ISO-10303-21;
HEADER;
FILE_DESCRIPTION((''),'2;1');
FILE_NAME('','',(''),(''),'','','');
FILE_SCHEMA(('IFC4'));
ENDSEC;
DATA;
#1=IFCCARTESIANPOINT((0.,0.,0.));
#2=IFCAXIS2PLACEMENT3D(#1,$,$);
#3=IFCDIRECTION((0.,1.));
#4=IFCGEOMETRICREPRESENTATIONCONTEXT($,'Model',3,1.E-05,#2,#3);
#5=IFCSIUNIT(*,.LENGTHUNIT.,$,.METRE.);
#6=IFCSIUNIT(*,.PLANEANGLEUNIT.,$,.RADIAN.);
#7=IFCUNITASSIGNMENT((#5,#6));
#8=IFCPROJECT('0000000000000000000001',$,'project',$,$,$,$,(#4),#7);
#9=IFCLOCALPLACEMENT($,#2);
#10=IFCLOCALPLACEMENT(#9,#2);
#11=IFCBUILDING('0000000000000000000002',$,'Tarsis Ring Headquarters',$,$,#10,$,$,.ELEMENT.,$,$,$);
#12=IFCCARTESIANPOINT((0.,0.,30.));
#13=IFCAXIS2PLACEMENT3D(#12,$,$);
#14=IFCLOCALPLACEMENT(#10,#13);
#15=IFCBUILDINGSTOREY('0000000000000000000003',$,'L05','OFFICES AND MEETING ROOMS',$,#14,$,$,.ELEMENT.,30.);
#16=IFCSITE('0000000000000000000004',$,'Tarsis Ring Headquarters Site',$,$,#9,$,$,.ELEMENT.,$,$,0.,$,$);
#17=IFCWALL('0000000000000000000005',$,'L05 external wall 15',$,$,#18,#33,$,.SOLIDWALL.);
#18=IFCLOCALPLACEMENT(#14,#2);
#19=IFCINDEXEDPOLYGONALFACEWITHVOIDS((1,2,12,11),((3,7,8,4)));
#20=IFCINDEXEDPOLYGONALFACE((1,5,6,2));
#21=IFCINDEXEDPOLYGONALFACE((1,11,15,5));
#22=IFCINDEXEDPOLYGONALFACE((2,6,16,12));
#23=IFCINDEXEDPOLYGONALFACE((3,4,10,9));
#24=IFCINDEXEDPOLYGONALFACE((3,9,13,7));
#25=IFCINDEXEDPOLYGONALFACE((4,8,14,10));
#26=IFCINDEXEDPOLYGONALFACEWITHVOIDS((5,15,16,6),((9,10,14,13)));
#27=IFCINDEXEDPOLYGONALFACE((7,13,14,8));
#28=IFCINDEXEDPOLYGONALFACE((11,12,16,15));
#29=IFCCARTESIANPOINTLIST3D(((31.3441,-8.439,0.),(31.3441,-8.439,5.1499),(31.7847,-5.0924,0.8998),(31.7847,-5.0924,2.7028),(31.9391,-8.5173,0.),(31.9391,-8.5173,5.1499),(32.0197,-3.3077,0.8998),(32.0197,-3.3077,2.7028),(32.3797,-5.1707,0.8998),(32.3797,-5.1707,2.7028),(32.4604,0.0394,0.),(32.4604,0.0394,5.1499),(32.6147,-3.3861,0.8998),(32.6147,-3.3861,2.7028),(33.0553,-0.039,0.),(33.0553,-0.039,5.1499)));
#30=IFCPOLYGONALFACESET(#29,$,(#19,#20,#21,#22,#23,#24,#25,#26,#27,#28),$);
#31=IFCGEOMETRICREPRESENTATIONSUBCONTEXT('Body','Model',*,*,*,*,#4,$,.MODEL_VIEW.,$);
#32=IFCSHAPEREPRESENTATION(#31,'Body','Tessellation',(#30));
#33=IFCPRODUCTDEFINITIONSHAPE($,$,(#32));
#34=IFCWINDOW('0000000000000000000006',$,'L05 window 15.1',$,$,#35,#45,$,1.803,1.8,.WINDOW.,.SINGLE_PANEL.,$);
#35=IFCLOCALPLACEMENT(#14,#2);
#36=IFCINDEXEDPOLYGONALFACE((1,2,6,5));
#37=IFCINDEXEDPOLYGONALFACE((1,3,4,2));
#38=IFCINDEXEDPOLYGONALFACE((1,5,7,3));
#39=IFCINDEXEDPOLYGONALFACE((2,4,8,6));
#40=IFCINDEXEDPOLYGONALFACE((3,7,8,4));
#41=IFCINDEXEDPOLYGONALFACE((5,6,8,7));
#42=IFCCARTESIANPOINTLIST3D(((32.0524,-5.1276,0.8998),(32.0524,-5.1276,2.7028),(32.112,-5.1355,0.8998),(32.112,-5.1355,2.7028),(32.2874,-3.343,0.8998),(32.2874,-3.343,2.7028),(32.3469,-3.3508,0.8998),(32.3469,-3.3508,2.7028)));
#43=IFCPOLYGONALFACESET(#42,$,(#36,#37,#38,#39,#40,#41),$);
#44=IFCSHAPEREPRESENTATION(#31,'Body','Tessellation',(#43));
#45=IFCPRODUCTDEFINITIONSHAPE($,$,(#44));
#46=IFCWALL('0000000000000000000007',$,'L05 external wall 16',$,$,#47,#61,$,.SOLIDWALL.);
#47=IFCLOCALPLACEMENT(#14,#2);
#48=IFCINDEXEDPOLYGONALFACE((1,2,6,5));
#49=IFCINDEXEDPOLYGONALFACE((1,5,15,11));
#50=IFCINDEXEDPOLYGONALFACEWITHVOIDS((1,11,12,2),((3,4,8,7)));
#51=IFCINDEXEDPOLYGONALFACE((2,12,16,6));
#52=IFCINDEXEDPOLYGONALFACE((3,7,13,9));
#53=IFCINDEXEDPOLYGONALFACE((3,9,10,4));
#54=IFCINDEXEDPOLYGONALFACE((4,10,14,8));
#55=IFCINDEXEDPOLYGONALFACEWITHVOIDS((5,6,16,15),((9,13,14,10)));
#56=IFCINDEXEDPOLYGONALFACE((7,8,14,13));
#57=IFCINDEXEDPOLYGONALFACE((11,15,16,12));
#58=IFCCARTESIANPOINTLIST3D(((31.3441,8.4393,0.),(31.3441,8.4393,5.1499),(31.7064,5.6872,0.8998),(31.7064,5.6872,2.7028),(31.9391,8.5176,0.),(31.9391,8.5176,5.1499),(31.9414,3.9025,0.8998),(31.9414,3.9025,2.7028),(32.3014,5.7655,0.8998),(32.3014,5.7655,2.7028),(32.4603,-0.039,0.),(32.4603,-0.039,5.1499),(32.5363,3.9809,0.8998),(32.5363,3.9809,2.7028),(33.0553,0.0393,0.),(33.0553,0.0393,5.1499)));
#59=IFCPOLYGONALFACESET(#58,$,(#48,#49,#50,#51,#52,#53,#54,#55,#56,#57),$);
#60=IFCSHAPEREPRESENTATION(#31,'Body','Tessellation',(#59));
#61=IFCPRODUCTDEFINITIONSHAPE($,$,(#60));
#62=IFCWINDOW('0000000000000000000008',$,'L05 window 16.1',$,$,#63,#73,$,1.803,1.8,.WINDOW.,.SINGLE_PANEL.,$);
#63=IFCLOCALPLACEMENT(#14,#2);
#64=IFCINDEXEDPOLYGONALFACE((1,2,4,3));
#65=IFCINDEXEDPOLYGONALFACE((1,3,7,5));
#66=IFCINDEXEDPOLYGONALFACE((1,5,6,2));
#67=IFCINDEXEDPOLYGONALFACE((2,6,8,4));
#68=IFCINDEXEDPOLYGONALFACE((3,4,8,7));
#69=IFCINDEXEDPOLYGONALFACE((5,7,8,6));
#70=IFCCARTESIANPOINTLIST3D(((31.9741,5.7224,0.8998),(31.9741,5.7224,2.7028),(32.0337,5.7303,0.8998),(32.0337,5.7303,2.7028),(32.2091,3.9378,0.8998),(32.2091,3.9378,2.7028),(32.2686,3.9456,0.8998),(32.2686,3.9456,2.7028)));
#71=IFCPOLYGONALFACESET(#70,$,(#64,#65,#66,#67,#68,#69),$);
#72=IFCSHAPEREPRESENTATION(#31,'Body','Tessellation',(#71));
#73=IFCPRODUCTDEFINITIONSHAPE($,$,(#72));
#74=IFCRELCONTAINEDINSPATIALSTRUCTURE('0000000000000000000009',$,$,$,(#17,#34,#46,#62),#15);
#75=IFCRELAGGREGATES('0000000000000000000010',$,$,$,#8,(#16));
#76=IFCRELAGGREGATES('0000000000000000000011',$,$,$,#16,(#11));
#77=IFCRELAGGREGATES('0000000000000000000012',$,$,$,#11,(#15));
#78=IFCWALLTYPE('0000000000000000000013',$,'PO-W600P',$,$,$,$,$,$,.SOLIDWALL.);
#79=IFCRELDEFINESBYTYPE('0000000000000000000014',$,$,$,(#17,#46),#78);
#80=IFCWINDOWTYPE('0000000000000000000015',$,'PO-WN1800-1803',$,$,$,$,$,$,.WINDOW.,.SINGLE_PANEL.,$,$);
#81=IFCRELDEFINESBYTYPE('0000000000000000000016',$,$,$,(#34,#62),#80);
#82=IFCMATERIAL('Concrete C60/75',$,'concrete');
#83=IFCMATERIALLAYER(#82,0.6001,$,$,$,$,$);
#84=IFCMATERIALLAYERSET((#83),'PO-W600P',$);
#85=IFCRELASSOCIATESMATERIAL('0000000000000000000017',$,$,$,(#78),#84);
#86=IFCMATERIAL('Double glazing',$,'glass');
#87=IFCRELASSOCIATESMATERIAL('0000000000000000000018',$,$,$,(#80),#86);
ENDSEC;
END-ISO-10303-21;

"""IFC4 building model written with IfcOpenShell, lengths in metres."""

from ifc_helpers import new_model, si_unit, direction, frame, frame_2d, origin, place, context, subcontext, project, spatial, rectangle, extrude, material, layer, layer_set, type_object, element, fill, save


model = new_model("IFC4")

# Units and contexts
model_context = context("Model", 3, precision=1e-05, world=origin(), true_north=direction((0.0, 1.0)))
body_context = subcontext(model_context, "Body", "Model", "MODEL_VIEW")
ifc_project = project(units=[si_unit("LENGTHUNIT", "METRE"), si_unit("PLANEANGLEUNIT", "RADIAN")], contexts=[model_context])

# Site, building, storey
site_placement = place(None, origin())
site = spatial("IfcSite", under=ifc_project, at=site_placement, Name="Tarsis Ring Headquarters Site", CompositionType="ELEMENT", RefElevation=0.0)
building_placement = place(site_placement, origin())
building = spatial("IfcBuilding", under=site, at=building_placement, Name="Tarsis Ring Headquarters", CompositionType="ELEMENT")
storey_placement = place(building_placement, frame((0.0, 0.0, 30.0)))
storey = spatial("IfcBuildingStorey", under=building, at=storey_placement, Name="L05", Description="OFFICES AND MEETING ROOMS", CompositionType="ELEMENT", Elevation=30.0)

# Walls, openings, windows
ifc_material_1 = material(Name="Concrete C60/75", Category="concrete")
ifc_layer_1 = layer(ifc_material_1, 0.6001)
ifc_layer_set_1 = layer_set([ifc_layer_1], Name="PO-W600P")
wall_type_1 = type_object("IfcWallType", Name="PO-W600P", PredefinedType="SOLIDWALL", material=ifc_layer_set_1)
wall_1_placement = place(storey_placement, frame((31.6416, -8.4783, 0.0), z_axis=(0.0, 0.0, 1.0), x_axis=(0.130529, 0.991444, 0.0)))
wall_1 = element("IfcWall", 1, at=wall_1_placement, inside=storey, type_object=wall_type_1, Name="L05 external wall 15", PredefinedType="SOLIDWALL", context=body_context, shape_type="SweptSolid", body=[
    extrude(rectangle(XDim=8.5515, YDim=0.6001, at=frame_2d((4.2759, 0.0))), origin(), (0.0, 0.0, 1.0), 5.1499),
])
opening_1_placement = place(wall_1_placement, frame((3.3757, 0.0, 0.8999)))
opening_1 = element("IfcOpeningElement", 2, at=opening_1_placement, cuts=wall_1, PredefinedType="OPENING", context=body_context, shape_type="SweptSolid", body=[
    extrude(rectangle(XDim=1.8, YDim=1.803, at=frame_2d((0.8999, 0.9014))), frame((0.0, 0.3101, 0.0), z_axis=(0.0, -1.0, 0.0), x_axis=(1.0, 0.0, 0.0)), (0.0, 0.0, 1.0), 0.6201),
])
ifc_material_2 = material(Name="Double glazing", Category="glass")
window_type = type_object("IfcWindowType", Name="PO-WN1800-1803", PartitioningType="SINGLE_PANEL", PredefinedType="WINDOW", material=ifc_material_2)
window_1_placement = place(opening_1_placement, origin())
window_1 = element("IfcWindow", 3, at=window_1_placement, inside=storey, type_object=window_type, Name="L05 window 15.1", OverallHeight=1.803, OverallWidth=1.8, PartitioningType="SINGLE_PANEL", PredefinedType="WINDOW", context=body_context, shape_type="SweptSolid", body=[
    extrude(rectangle(XDim=1.8, YDim=1.803, at=frame_2d((0.8999, 0.9014))), frame((0.0, 0.03, 0.0), z_axis=(0.0, -1.0, 0.0), x_axis=(1.0, 0.0, 0.0)), (0.0, 0.0, 1.0), 0.0601),
])
fill(opening_1, window_1)
wall_2_placement = place(storey_placement, frame((32.7578, 0.0, 0.0), z_axis=(0.0, 0.0, 1.0), x_axis=(-0.130529, 0.991444, 0.0)))
wall_2 = element("IfcWall", 4, at=wall_2_placement, inside=storey, type_object=wall_type_1, Name="L05 external wall 16", PredefinedType="SOLIDWALL", context=body_context, shape_type="SweptSolid", body=[
    extrude(rectangle(XDim=8.5515, YDim=0.6001, at=frame_2d((4.2759, 0.0))), origin(), (0.0, 0.0, 1.0), 5.1499),
])
opening_2_placement = place(wall_2_placement, frame((3.9758, 0.0, 0.8999)))
opening_2 = element("IfcOpeningElement", 5, at=opening_2_placement, cuts=wall_2, PredefinedType="OPENING", context=body_context, shape_type="SweptSolid", body=[
    extrude(rectangle(XDim=1.8, YDim=1.803, at=frame_2d((0.8999, 0.9014))), frame((0.0, 0.3101, 0.0), z_axis=(0.0, -1.0, 0.0), x_axis=(1.0, 0.0, 0.0)), (0.0, 0.0, 1.0), 0.6201),
])
window_2_placement = place(opening_2_placement, origin())
window_2 = element("IfcWindow", 6, at=window_2_placement, inside=storey, type_object=window_type, Name="L05 window 16.1", OverallHeight=1.803, OverallWidth=1.8, PartitioningType="SINGLE_PANEL", PredefinedType="WINDOW", context=body_context, shape_type="SweptSolid", body=[
    extrude(rectangle(XDim=1.8, YDim=1.803, at=frame_2d((0.8999, 0.9014))), frame((0.0, 0.03, 0.0), z_axis=(0.0, -1.0, 0.0), x_axis=(1.0, 0.0, 0.0)), (0.0, 0.0, 1.0), 0.0601),
])
fill(opening_2, window_2)

save(model, "model.ifc")
